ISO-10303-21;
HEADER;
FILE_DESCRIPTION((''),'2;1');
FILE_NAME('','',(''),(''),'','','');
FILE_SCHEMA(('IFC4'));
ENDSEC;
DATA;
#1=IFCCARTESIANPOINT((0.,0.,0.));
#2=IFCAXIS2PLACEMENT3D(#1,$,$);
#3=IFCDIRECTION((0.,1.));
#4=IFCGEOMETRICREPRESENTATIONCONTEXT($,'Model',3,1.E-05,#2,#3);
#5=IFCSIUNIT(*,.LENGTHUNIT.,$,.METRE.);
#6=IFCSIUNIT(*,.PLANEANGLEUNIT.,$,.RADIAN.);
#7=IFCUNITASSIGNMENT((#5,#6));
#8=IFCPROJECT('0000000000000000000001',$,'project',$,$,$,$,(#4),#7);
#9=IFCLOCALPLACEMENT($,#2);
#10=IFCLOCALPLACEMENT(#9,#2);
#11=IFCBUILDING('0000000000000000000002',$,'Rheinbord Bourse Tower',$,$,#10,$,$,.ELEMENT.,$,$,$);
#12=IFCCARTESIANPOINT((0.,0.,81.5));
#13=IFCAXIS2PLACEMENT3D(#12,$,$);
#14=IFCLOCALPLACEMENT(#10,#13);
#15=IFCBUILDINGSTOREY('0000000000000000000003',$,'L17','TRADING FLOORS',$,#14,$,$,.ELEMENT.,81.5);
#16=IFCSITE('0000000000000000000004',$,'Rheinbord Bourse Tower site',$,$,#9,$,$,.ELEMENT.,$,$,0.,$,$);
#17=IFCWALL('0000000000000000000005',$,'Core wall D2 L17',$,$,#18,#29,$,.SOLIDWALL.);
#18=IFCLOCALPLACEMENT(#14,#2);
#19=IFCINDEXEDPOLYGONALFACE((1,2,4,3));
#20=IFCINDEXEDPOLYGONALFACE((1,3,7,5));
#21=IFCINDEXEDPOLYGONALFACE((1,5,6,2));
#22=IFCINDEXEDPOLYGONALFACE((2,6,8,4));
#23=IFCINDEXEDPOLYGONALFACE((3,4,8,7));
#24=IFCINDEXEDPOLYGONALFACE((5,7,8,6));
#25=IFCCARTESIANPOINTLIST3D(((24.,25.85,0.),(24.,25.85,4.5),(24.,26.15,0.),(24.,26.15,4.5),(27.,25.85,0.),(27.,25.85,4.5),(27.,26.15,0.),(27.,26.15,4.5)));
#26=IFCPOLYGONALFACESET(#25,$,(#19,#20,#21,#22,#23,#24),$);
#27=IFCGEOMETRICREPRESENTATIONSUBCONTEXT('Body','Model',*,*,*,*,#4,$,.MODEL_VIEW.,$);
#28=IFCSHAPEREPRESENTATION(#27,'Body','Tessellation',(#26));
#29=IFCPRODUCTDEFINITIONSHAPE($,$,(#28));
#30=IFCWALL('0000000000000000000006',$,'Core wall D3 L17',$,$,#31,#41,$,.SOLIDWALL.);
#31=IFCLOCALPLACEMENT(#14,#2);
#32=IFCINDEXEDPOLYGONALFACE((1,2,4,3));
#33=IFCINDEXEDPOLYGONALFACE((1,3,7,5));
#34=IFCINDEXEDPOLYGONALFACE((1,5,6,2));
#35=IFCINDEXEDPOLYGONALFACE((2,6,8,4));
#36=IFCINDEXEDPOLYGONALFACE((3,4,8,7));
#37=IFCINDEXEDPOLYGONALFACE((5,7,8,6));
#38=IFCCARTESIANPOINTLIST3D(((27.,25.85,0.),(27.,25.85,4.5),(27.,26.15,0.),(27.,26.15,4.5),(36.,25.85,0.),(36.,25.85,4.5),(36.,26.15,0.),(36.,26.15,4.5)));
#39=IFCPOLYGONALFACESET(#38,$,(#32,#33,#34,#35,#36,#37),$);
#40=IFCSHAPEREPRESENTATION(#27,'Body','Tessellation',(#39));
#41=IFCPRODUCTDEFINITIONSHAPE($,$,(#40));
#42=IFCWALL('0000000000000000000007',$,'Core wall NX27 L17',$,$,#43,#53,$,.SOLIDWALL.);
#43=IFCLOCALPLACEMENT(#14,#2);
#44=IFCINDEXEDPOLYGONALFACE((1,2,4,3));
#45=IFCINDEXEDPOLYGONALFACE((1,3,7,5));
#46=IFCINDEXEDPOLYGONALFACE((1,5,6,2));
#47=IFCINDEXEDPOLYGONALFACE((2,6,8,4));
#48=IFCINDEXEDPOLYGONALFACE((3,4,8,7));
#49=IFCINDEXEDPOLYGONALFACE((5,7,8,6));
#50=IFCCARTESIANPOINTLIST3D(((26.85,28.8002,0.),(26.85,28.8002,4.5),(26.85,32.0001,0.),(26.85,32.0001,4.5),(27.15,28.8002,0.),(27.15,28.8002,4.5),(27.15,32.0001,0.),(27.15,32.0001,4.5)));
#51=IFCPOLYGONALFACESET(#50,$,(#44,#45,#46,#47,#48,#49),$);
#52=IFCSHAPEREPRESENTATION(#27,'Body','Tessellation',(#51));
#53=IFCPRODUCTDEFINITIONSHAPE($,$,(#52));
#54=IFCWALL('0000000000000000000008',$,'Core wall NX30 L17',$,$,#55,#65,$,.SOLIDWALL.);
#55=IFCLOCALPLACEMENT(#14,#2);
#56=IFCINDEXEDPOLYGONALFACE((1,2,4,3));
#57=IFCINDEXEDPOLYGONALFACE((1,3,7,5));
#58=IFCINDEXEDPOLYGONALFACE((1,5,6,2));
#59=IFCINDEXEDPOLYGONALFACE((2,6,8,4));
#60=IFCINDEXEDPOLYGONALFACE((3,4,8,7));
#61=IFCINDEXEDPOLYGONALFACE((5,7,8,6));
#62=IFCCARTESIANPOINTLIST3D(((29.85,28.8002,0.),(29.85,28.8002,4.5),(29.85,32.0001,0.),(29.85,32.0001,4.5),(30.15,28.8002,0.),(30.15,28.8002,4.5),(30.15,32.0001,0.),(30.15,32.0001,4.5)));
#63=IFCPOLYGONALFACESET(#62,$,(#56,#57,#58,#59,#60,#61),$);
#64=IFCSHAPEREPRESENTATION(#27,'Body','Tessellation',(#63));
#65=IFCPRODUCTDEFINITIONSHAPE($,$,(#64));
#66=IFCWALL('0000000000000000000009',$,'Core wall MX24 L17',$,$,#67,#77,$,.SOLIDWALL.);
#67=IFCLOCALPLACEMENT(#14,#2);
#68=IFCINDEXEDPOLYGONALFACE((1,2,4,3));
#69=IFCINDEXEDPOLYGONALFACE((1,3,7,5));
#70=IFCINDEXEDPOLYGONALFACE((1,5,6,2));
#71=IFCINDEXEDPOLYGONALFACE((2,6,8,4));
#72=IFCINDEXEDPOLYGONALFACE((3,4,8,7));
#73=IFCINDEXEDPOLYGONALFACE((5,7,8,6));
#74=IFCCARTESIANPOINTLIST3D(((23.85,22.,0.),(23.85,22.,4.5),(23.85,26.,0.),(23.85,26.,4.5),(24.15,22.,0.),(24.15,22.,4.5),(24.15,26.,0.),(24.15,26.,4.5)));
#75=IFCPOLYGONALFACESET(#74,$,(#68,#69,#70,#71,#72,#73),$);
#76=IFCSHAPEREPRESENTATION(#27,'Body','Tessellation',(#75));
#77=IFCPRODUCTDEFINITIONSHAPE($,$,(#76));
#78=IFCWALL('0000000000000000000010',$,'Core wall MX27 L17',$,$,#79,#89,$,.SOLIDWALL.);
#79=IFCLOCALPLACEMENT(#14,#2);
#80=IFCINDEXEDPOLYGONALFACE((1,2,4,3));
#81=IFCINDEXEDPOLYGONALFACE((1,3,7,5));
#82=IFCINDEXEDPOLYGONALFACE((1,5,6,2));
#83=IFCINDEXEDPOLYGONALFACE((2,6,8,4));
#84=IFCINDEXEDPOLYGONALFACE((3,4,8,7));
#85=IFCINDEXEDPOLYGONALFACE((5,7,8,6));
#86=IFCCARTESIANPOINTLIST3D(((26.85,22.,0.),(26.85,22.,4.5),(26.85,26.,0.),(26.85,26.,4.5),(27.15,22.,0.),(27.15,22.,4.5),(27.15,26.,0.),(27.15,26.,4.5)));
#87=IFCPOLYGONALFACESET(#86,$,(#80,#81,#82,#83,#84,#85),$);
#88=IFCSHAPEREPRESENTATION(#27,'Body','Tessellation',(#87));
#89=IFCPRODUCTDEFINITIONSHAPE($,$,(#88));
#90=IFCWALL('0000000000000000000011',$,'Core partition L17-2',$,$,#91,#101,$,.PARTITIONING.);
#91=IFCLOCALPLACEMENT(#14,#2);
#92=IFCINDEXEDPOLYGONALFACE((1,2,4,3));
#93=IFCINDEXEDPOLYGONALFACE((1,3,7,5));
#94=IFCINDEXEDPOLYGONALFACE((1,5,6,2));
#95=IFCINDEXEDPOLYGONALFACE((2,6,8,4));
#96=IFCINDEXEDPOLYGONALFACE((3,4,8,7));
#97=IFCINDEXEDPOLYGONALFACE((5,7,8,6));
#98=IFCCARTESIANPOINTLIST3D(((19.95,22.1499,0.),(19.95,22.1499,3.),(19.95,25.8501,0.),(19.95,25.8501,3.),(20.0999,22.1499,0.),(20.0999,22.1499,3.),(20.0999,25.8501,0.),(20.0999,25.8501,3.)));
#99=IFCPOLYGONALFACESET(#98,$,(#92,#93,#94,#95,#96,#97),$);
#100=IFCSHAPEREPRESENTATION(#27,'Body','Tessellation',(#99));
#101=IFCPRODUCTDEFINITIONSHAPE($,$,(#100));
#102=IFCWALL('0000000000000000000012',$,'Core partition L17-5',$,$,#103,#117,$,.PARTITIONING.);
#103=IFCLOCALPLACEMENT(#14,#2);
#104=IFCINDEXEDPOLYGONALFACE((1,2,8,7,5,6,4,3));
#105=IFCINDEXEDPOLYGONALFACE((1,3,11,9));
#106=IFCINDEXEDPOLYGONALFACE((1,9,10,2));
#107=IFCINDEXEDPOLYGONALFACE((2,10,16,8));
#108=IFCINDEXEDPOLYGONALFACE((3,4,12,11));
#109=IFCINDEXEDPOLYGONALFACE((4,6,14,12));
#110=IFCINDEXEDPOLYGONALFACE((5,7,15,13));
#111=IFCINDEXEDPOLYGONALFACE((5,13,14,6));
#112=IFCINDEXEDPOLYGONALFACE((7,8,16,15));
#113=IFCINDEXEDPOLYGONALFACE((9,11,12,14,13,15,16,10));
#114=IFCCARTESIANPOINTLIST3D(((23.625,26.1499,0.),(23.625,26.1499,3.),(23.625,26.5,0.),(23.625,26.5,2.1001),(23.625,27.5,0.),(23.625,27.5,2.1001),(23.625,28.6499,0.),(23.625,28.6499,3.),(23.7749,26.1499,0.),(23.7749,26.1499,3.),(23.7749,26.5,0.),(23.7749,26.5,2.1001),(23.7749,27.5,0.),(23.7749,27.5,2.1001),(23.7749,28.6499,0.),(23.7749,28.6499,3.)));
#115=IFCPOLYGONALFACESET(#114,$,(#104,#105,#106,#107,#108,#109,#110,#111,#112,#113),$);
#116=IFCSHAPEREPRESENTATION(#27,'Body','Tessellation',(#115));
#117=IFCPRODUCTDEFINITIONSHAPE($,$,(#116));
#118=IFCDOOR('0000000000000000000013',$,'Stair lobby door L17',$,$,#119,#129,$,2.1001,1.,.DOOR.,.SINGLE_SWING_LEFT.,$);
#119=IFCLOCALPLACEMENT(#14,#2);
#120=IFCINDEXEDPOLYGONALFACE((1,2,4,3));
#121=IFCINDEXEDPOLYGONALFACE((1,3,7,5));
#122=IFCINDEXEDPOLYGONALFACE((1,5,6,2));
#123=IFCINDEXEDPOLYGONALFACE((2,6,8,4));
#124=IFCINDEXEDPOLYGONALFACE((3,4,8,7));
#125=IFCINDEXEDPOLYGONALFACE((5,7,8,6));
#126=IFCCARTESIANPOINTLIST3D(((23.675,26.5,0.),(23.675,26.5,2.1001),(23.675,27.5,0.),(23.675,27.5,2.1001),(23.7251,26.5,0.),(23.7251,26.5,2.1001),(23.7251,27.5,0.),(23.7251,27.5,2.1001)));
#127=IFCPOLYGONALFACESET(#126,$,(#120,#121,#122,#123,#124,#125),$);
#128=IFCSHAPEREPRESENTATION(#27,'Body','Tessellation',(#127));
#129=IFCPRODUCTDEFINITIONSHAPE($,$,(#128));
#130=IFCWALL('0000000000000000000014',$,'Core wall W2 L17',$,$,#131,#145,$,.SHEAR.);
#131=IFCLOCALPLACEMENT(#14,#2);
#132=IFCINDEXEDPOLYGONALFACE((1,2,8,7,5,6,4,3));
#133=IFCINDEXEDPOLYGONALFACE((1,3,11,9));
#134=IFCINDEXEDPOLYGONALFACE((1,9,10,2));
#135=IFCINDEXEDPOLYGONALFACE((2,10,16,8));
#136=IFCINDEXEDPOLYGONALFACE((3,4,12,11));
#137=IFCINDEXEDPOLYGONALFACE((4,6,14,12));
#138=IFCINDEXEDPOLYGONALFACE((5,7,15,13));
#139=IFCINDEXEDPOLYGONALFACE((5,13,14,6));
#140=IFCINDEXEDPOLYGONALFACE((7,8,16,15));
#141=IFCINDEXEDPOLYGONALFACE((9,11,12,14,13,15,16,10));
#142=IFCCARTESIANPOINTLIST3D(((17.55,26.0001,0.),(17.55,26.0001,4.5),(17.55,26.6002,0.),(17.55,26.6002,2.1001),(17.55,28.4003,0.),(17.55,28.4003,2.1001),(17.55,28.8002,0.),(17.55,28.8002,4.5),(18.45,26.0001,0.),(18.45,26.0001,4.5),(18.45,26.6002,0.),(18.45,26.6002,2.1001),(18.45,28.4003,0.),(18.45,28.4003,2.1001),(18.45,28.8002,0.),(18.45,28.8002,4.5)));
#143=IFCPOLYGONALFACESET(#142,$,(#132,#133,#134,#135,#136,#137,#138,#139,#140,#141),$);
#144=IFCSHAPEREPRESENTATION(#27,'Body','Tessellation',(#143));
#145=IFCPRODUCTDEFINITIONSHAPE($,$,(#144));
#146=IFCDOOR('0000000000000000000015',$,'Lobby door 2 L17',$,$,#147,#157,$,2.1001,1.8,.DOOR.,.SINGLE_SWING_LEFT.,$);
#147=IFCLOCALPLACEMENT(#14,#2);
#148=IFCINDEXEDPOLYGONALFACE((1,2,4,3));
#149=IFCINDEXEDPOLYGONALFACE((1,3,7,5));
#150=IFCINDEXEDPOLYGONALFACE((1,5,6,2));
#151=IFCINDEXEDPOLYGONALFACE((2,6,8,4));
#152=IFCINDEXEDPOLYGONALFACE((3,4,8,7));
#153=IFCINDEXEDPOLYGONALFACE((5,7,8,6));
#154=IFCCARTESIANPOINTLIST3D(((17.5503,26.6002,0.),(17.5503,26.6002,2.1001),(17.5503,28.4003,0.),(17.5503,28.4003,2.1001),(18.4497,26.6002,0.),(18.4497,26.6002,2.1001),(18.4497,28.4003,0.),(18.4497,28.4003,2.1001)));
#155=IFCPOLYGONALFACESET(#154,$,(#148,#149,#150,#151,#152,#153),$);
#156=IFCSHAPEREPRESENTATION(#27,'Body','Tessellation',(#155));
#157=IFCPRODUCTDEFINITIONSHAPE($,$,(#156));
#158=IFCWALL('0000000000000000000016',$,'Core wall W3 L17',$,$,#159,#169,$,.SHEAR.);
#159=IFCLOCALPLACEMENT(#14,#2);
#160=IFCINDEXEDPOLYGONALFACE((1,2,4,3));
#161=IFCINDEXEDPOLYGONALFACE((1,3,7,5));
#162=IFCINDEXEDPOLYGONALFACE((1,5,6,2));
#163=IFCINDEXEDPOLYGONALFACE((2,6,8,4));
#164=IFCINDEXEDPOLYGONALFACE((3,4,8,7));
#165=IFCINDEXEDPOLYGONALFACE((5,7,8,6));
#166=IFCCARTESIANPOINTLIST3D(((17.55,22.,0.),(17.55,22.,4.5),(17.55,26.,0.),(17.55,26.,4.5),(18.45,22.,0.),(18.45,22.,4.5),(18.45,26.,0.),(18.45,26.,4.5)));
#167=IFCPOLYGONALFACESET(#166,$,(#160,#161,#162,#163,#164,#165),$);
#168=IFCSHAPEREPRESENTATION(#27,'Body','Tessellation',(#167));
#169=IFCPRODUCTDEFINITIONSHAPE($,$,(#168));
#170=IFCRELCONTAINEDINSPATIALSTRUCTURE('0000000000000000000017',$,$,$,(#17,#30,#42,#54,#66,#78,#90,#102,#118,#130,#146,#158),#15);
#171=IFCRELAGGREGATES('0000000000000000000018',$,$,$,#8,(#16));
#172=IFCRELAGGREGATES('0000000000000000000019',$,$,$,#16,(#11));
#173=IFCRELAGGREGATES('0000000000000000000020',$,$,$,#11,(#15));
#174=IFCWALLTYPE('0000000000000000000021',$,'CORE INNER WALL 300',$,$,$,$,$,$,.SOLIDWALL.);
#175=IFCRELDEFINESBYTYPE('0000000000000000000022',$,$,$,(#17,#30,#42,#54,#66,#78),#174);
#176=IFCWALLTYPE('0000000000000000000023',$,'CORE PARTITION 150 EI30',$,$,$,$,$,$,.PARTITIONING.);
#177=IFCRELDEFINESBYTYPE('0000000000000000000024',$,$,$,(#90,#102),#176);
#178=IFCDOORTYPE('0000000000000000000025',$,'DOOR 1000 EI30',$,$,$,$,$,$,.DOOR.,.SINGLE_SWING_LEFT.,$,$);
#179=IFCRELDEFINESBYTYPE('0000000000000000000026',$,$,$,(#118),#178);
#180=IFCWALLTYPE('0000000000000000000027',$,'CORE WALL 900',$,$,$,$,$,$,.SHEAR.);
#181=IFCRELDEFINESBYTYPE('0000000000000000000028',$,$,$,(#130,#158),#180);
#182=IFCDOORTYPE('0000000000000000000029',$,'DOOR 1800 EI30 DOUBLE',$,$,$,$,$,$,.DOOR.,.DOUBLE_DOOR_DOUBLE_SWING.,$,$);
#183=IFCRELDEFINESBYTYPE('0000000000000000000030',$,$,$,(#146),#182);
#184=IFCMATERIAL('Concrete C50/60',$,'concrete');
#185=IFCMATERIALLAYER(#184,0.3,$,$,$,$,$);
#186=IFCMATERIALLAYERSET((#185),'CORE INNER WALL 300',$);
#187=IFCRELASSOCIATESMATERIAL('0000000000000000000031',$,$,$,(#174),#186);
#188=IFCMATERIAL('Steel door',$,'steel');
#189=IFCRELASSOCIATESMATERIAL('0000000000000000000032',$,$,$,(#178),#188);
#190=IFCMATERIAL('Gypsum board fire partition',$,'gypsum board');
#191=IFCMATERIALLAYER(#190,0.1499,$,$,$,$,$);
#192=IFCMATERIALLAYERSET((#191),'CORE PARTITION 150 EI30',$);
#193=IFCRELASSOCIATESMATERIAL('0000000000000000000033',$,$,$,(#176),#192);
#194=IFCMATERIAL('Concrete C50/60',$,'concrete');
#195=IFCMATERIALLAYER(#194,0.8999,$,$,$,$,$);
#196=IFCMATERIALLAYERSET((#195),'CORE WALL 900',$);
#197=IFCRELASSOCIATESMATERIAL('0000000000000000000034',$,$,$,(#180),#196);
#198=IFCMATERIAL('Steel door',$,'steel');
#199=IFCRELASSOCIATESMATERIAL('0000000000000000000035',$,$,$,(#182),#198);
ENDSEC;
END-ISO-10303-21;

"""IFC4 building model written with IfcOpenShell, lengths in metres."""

from ifc_helpers import new_model, si_unit, direction, frame, frame_2d, origin, place, context, subcontext, project, spatial, rectangle, extrude, material, layer, layer_set, type_object, element, fill, save


model = new_model("IFC4")

# Units and contexts
model_context = context("Model", 3, precision=1e-05, world=origin(), true_north=direction((0.0, 1.0)))
body_context = subcontext(model_context, "Body", "Model", "MODEL_VIEW")
ifc_project = project(units=[si_unit("LENGTHUNIT", "METRE"), si_unit("PLANEANGLEUNIT", "RADIAN")], contexts=[model_context])

# Site, building, storey
site_placement = place(None, origin())
site = spatial("IfcSite", under=ifc_project, at=site_placement, Name="Rheinbord Bourse Tower site", CompositionType="ELEMENT", RefElevation=0.0)
building_placement = place(site_placement, origin())
building = spatial("IfcBuilding", under=site, at=building_placement, Name="Rheinbord Bourse Tower", CompositionType="ELEMENT")
storey_placement = place(building_placement, frame((0.0, 0.0, 81.5)))
storey = spatial("IfcBuildingStorey", under=building, at=storey_placement, Name="L17", Description="TRADING FLOORS", CompositionType="ELEMENT", Elevation=81.5)

# Shared definitions
ifc_material_1 = material(Name="Concrete C50/60", Category="concrete")
ifc_layer_1 = layer(ifc_material_1, 0.3)
ifc_layer_set_1 = layer_set([ifc_layer_1], Name="CORE INNER WALL 300")
wall_type_1 = type_object("IfcWallType", Name="CORE INNER WALL 300", PredefinedType="SOLIDWALL", material=ifc_layer_set_1)
ifc_material_2 = material(Name="Steel door", Category="steel")
door_type_1 = type_object("IfcDoorType", Name="DOOR 1000 EI30", OperationType="SINGLE_SWING_LEFT", PredefinedType="DOOR", material=ifc_material_2)

# Walls
wall_1_placement = place(storey_placement, frame((24.0, 26.0, 0.0), z_axis=(0.0, 0.0, 1.0), x_axis=(1.0, 0.0, 0.0)))
element("IfcWall", 1, at=wall_1_placement, inside=storey, type_object=wall_type_1, Name="Core wall D2 L17", PredefinedType="SOLIDWALL", context=body_context, shape_type="SweptSolid", body=[
    extrude(rectangle(XDim=3.0, YDim=0.3, at=frame_2d((1.5, 0.0))), origin(), (0.0, 0.0, 1.0), 4.5),
])
wall_2_placement = place(storey_placement, frame((27.0, 26.0, 0.0), z_axis=(0.0, 0.0, 1.0), x_axis=(1.0, 0.0, 0.0)))
element("IfcWall", 2, at=wall_2_placement, inside=storey, type_object=wall_type_1, Name="Core wall D3 L17", PredefinedType="SOLIDWALL", context=body_context, shape_type="SweptSolid", body=[
    extrude(rectangle(XDim=9.0, YDim=0.3, at=frame_2d((4.5, 0.0))), origin(), (0.0, 0.0, 1.0), 4.5),
])
for number, where, z_axis, x_axis, name in (
    (3, (27.0, 28.8, 0.0), (0.0, 0.0, 1.0), (0.0, 1.0, 0.0), "Core wall NX27 L17"),
    (4, (30.0, 28.8, 0.0), (0.0, 0.0, 1.0), (0.0, 1.0, 0.0), "Core wall NX30 L17"),
):
    element("IfcWall", number, at=place(storey_placement, frame(where, z_axis=z_axis, x_axis=x_axis)), inside=storey, type_object=wall_type_1, Name=name, PredefinedType="SOLIDWALL", context=body_context, shape_type="SweptSolid", body=[
        extrude(rectangle(XDim=3.2, YDim=0.3, at=frame_2d((1.6001, 0.0))), origin(), (0.0, 0.0, 1.0), 4.5),
    ])
for number, where, z_axis, x_axis, name in (
    (5, (24.0, 22.0, 0.0), (0.0, 0.0, 1.0), (0.0, 1.0, 0.0), "Core wall MX24 L17"),
    (6, (27.0, 22.0, 0.0), (0.0, 0.0, 1.0), (0.0, 1.0, 0.0), "Core wall MX27 L17"),
):
    element("IfcWall", number, at=place(storey_placement, frame(where, z_axis=z_axis, x_axis=x_axis)), inside=storey, type_object=wall_type_1, Name=name, PredefinedType="SOLIDWALL", context=body_context, shape_type="SweptSolid", body=[
        extrude(rectangle(XDim=4.0, YDim=0.3, at=frame_2d((2.0, 0.0))), origin(), (0.0, 0.0, 1.0), 4.5),
    ])
ifc_material_3 = material(Name="Gypsum board fire partition", Category="gypsum board")
ifc_layer_2 = layer(ifc_material_3, 0.1499)
ifc_layer_set_2 = layer_set([ifc_layer_2], Name="CORE PARTITION 150 EI30")
wall_type_2 = type_object("IfcWallType", Name="CORE PARTITION 150 EI30", PredefinedType="PARTITIONING", material=ifc_layer_set_2)
wall_3_placement = place(storey_placement, frame((20.0249, 22.1499, 0.0), z_axis=(0.0, 0.0, 1.0), x_axis=(0.0, 1.0, 0.0)))
element("IfcWall", 7, at=wall_3_placement, inside=storey, type_object=wall_type_2, Name="Core partition L17-2", PredefinedType="PARTITIONING", context=body_context, shape_type="SweptSolid", body=[
    extrude(rectangle(XDim=3.7002, YDim=0.1499, at=frame_2d((1.8501, 0.0))), origin(), (0.0, 0.0, 1.0), 3.0),
])

# Walls, openings, doors
wall_4_placement = place(storey_placement, frame((23.7, 26.1499, 0.0), z_axis=(0.0, 0.0, 1.0), x_axis=(0.0, 1.0, 0.0)))
wall_4 = element("IfcWall", 8, at=wall_4_placement, inside=storey, type_object=wall_type_2, Name="Core partition L17-5", PredefinedType="PARTITIONING", context=body_context, shape_type="SweptSolid", body=[
    extrude(rectangle(XDim=2.5, YDim=0.1499, at=frame_2d((1.25, 0.0))), origin(), (0.0, 0.0, 1.0), 3.0),
])
opening_1_placement = place(wall_4_placement, frame((0.3501, 0.0, 0.0)))
opening_1 = element("IfcOpeningElement", 9, at=opening_1_placement, cuts=wall_4, PredefinedType="OPENING", context=body_context, shape_type="SweptSolid", body=[
    extrude(rectangle(XDim=1.0, YDim=2.1001, at=frame_2d((0.5, 1.05))), frame((0.0, 0.085, 0.0), z_axis=(0.0, -1.0, 0.0), x_axis=(1.0, 0.0, 0.0)), (0.0, 0.0, 1.0), 0.1699),
])
door_1_placement = place(opening_1_placement, origin())
door_1 = element("IfcDoor", 10, at=door_1_placement, inside=storey, type_object=door_type_1, Name="Stair lobby door L17", OperationType="SINGLE_SWING_LEFT", OverallHeight=2.1001, OverallWidth=1.0, PredefinedType="DOOR", context=body_context, shape_type="SweptSolid", body=[
    extrude(rectangle(XDim=1.0, YDim=2.1001, at=frame_2d((0.5, 1.05))), frame((0.0, 0.0249, 0.0), z_axis=(0.0, -1.0, 0.0), x_axis=(1.0, 0.0, 0.0)), (0.0, 0.0, 1.0), 0.05),
])
fill(opening_1, door_1)
ifc_material_4 = material(Name="Concrete C50/60", Category="concrete")
ifc_layer_3 = layer(ifc_material_4, 0.8999)
ifc_layer_set_3 = layer_set([ifc_layer_3], Name="CORE WALL 900")
wall_type_3 = type_object("IfcWallType", Name="CORE WALL 900", PredefinedType="SHEAR", material=ifc_layer_set_3)
wall_5_placement = place(storey_placement, frame((18.0, 28.8, 0.0), z_axis=(0.0, 0.0, 1.0), x_axis=(0.0, -1.0, 0.0)))
wall_5 = element("IfcWall", 11, at=wall_5_placement, inside=storey, type_object=wall_type_3, Name="Core wall W2 L17", PredefinedType="SHEAR", context=body_context, shape_type="SweptSolid", body=[
    extrude(rectangle(XDim=2.8, YDim=0.8999, at=frame_2d((1.3999, 0.0))), origin(), (0.0, 0.0, 1.0), 4.5),
])
opening_2_placement = place(wall_5_placement, frame((0.3999, 0.0, 0.0)))
opening_2 = element("IfcOpeningElement", 12, at=opening_2_placement, cuts=wall_5, PredefinedType="OPENING", context=body_context, shape_type="SweptSolid", body=[
    extrude(rectangle(XDim=1.8, YDim=2.1001, at=frame_2d((0.8999, 1.05))), frame((0.0, 0.46, 0.0), z_axis=(0.0, -1.0, 0.0), x_axis=(1.0, 0.0, 0.0)), (0.0, 0.0, 1.0), 0.9199),
])
ifc_material_5 = material(Name="Steel door", Category="steel")
door_type_2 = type_object("IfcDoorType", Name="DOOR 1800 EI30 DOUBLE", OperationType="DOUBLE_DOOR_DOUBLE_SWING", PredefinedType="DOOR", material=ifc_material_5)
door_2_placement = place(opening_2_placement, origin())
door_2 = element("IfcDoor", 13, at=door_2_placement, inside=storey, type_object=door_type_2, Name="Lobby door 2 L17", OperationType="SINGLE_SWING_LEFT", OverallHeight=2.1001, OverallWidth=1.8, PredefinedType="DOOR", context=body_context, shape_type="SweptSolid", body=[
    extrude(rectangle(XDim=1.8, YDim=2.1001, at=frame_2d((0.8999, 1.05))), frame((0.0, 0.4497, 0.0), z_axis=(0.0, -1.0, 0.0), x_axis=(1.0, 0.0, 0.0)), (0.0, 0.0, 1.0), 0.8994),
])
fill(opening_2, door_2)

# Wall
wall_6_placement = place(storey_placement, frame((18.0, 26.0, 0.0), z_axis=(0.0, 0.0, 1.0), x_axis=(0.0, -1.0, 0.0)))
element("IfcWall", 14, at=wall_6_placement, inside=storey, type_object=wall_type_3, Name="Core wall W3 L17", PredefinedType="SHEAR", context=body_context, shape_type="SweptSolid", body=[
    extrude(rectangle(XDim=4.0, YDim=0.8999, at=frame_2d((2.0, 0.0))), origin(), (0.0, 0.0, 1.0), 4.5),
])

save(model, "model.ifc")
